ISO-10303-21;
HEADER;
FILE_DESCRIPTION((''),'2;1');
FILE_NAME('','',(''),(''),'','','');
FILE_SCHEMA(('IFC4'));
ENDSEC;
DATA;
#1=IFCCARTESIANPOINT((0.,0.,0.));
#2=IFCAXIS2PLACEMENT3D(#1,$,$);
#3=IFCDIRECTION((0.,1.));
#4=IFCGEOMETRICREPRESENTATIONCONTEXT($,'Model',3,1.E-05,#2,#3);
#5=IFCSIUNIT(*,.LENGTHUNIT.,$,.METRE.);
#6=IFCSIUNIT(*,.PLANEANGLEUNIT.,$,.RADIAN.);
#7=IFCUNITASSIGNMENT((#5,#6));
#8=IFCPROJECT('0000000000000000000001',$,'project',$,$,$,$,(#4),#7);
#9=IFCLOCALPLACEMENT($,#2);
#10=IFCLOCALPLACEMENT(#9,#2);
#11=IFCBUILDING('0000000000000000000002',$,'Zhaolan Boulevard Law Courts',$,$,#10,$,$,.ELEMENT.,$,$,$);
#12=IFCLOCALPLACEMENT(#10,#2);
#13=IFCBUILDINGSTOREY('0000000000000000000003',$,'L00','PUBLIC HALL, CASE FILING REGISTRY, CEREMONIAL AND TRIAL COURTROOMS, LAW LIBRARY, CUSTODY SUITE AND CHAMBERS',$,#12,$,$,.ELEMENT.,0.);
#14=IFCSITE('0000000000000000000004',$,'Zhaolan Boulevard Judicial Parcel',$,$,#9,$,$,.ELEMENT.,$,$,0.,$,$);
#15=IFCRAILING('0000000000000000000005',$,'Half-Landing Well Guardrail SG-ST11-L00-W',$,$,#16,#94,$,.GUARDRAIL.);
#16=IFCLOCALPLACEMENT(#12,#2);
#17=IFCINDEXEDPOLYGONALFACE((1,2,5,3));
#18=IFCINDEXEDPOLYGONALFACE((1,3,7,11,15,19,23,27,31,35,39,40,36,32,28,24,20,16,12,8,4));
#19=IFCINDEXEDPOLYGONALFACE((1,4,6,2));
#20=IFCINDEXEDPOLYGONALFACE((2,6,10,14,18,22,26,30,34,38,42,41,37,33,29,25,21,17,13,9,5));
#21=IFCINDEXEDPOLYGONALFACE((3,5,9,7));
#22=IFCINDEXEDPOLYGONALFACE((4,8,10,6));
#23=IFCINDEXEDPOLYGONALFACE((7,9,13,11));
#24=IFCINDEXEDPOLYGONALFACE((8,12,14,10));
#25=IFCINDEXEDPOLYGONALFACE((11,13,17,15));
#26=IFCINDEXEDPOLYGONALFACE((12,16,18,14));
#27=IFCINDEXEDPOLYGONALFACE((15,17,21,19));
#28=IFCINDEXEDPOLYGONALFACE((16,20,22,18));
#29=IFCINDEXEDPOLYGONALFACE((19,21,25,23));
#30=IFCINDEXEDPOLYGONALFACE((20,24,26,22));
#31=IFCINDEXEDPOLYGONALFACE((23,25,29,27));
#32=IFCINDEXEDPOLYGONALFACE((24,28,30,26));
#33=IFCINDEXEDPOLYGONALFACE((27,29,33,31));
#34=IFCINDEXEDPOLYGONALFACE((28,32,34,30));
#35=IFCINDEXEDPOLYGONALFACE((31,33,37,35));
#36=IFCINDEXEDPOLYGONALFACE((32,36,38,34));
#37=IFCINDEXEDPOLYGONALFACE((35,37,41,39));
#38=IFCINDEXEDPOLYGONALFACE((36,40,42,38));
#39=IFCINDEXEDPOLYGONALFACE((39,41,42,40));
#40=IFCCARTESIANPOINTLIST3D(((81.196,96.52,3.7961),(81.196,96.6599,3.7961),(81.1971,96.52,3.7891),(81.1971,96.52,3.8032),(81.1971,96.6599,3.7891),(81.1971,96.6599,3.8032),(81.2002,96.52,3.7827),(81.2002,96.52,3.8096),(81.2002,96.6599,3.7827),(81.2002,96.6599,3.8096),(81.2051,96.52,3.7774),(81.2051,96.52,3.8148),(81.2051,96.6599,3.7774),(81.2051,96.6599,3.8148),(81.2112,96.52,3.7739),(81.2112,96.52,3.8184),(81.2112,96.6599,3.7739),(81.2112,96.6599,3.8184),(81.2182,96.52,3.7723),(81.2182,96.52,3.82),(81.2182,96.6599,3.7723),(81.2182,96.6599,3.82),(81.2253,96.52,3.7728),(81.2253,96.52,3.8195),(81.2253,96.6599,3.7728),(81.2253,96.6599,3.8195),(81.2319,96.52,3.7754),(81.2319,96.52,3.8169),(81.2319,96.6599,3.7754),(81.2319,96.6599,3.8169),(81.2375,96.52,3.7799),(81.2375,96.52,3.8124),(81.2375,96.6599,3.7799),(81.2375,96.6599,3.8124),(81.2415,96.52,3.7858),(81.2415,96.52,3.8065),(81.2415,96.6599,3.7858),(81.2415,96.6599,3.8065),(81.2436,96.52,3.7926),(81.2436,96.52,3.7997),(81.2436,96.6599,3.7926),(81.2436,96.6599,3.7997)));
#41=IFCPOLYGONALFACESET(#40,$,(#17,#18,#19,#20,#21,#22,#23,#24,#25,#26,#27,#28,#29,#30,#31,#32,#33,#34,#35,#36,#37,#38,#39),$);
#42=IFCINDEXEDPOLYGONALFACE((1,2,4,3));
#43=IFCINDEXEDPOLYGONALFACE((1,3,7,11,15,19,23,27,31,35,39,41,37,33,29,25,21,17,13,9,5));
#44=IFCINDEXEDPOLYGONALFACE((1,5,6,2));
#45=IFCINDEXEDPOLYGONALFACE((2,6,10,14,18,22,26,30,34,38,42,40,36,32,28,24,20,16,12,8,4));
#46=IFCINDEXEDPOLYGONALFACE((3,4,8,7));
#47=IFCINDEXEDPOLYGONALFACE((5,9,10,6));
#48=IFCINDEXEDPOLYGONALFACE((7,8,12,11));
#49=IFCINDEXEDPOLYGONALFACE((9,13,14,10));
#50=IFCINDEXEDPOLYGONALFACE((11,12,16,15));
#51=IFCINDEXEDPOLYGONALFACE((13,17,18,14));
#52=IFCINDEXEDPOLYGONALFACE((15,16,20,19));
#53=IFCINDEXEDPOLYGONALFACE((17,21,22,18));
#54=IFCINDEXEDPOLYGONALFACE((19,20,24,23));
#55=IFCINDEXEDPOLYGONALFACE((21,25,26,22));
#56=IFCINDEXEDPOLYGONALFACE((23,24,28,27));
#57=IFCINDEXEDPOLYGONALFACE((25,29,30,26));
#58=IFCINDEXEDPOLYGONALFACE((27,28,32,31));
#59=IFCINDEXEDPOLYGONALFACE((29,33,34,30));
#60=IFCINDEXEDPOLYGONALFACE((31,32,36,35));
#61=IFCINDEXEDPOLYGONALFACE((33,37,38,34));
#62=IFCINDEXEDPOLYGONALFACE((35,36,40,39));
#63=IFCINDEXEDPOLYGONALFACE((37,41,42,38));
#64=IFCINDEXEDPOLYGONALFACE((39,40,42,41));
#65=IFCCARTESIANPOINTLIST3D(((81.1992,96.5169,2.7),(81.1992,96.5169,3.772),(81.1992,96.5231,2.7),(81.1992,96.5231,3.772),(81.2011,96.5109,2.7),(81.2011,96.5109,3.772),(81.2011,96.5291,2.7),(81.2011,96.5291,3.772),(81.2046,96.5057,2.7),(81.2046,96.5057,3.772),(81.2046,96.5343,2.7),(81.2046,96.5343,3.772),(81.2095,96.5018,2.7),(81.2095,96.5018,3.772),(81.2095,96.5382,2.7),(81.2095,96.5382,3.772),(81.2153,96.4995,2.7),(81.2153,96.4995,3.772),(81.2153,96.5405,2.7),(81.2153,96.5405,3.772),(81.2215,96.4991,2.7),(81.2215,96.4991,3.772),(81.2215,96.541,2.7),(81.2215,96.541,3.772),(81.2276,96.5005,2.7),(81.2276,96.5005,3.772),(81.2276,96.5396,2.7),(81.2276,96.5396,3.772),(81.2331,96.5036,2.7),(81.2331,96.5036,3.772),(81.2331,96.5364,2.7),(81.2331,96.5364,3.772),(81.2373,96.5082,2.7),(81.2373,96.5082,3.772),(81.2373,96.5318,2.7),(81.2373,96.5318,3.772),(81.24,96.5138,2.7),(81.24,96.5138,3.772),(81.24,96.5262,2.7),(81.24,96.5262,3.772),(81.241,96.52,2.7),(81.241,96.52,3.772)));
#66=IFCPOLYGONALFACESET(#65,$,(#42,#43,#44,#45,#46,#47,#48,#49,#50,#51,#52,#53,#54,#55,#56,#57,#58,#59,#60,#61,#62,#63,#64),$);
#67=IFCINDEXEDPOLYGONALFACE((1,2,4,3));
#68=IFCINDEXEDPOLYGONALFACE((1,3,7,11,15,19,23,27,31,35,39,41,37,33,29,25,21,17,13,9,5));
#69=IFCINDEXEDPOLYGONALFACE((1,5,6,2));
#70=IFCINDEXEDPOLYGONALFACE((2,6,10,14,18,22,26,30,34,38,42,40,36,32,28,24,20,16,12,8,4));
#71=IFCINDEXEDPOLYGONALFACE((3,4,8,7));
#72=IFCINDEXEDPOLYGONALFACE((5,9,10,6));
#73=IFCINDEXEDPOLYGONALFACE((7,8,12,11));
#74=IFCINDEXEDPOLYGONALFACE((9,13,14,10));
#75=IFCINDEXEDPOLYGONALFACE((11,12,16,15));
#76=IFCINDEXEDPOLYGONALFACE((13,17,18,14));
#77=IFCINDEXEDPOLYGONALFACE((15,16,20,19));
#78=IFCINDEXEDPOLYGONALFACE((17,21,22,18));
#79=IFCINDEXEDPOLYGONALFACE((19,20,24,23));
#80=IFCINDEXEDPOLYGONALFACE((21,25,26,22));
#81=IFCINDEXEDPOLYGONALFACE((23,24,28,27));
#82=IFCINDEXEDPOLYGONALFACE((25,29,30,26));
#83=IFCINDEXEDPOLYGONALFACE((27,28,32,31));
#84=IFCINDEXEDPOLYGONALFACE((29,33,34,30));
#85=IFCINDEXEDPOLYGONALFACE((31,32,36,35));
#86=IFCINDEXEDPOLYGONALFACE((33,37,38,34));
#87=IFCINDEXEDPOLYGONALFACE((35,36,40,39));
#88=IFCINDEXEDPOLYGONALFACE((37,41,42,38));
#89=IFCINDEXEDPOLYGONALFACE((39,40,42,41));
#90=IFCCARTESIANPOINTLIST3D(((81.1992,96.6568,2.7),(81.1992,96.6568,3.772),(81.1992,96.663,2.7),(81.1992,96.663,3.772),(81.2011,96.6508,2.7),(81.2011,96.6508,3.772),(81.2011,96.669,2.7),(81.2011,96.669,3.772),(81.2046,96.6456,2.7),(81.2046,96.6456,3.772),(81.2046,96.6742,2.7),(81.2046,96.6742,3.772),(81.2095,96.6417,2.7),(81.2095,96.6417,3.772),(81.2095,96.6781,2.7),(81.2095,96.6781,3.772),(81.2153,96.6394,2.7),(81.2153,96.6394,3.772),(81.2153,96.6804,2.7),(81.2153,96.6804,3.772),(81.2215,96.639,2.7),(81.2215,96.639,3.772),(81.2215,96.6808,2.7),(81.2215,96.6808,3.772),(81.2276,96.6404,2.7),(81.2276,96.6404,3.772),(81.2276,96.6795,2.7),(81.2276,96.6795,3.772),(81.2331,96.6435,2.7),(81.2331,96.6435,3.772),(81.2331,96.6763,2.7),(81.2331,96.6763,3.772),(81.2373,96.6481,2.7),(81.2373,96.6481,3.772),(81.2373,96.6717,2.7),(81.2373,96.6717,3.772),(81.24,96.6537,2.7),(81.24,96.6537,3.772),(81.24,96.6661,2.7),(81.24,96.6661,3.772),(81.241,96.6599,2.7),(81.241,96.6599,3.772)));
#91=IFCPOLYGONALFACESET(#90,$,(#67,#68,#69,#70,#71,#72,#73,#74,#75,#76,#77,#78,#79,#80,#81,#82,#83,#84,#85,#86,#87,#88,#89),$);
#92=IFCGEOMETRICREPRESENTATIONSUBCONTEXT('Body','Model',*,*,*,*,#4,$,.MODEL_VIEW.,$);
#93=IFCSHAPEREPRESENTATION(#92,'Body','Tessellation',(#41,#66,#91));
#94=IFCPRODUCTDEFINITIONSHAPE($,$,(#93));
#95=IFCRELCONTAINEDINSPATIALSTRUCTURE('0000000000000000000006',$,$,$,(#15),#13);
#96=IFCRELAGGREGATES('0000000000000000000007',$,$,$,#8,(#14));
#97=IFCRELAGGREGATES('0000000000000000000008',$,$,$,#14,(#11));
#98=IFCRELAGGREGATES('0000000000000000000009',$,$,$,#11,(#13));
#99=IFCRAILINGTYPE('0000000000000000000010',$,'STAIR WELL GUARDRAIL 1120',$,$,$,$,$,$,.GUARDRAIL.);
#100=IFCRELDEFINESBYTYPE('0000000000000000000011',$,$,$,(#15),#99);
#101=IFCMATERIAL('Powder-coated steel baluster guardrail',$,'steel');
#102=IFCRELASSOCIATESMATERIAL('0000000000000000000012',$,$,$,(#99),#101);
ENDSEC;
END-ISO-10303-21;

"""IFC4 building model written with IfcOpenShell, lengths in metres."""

from ifc_helpers import new_model, si_unit, direction, frame, origin, origin_2d, place, context, subcontext, project, spatial, circle, extrude, material, type_object, element, save


model = new_model("IFC4")

# Units and contexts
model_context = context("Model", 3, precision=1e-05, world=origin(), true_north=direction((0.0, 1.0)))
body_context = subcontext(model_context, "Body", "Model", "MODEL_VIEW")
ifc_project = project(units=[si_unit("LENGTHUNIT", "METRE"), si_unit("PLANEANGLEUNIT", "RADIAN")], contexts=[model_context])

# Site, building, storey
site_placement = place(None, origin())
site = spatial("IfcSite", under=ifc_project, at=site_placement, Name="Zhaolan Boulevard Judicial Parcel", CompositionType="ELEMENT", RefElevation=0.0)
building_placement = place(site_placement, origin())
building = spatial("IfcBuilding", under=site, at=building_placement, Name="Zhaolan Boulevard Law Courts", CompositionType="ELEMENT")
storey_placement = place(building_placement, origin())
storey = spatial("IfcBuildingStorey", under=building, at=storey_placement, Name="L00", Description="PUBLIC HALL, CASE FILING REGISTRY, CEREMONIAL AND TRIAL COURTROOMS, LAW LIBRARY, CUSTODY SUITE AND CHAMBERS", CompositionType="ELEMENT", Elevation=0.0)

# Railing
ifc_material_1 = material(Name="Powder-coated steel baluster guardrail", Category="steel")
railing_type_1 = type_object("IfcRailingType", Name="STAIR WELL GUARDRAIL 1120", PredefinedType="GUARDRAIL", material=ifc_material_1)
railing_1_placement = place(storey_placement, frame((81.22, 96.52, 2.7)))
element("IfcRailing", 1, at=railing_1_placement, inside=storey, type_object=railing_type_1, Name="Half-Landing Well Guardrail SG-ST11-L00-W", PredefinedType="GUARDRAIL", context=body_context, shape_type="SweptSolid", body=[
    extrude(circle(Radius=0.0239, at=origin_2d()), frame((0.0, 0.0, 1.0962), z_axis=(0.0, 1.0, 0.0), x_axis=(-1.0, 0.0, 0.0)), (0.0, 0.0, 1.0), 0.1399),
    extrude(circle(Radius=0.021, at=origin_2d()), origin(), (0.0, 0.0, 1.0), 1.072),
    extrude(circle(Radius=0.021, at=origin_2d()), frame((0.0, 0.1399, 0.0)), (0.0, 0.0, 1.0), 1.072),
])

save(model, "model.ifc")
